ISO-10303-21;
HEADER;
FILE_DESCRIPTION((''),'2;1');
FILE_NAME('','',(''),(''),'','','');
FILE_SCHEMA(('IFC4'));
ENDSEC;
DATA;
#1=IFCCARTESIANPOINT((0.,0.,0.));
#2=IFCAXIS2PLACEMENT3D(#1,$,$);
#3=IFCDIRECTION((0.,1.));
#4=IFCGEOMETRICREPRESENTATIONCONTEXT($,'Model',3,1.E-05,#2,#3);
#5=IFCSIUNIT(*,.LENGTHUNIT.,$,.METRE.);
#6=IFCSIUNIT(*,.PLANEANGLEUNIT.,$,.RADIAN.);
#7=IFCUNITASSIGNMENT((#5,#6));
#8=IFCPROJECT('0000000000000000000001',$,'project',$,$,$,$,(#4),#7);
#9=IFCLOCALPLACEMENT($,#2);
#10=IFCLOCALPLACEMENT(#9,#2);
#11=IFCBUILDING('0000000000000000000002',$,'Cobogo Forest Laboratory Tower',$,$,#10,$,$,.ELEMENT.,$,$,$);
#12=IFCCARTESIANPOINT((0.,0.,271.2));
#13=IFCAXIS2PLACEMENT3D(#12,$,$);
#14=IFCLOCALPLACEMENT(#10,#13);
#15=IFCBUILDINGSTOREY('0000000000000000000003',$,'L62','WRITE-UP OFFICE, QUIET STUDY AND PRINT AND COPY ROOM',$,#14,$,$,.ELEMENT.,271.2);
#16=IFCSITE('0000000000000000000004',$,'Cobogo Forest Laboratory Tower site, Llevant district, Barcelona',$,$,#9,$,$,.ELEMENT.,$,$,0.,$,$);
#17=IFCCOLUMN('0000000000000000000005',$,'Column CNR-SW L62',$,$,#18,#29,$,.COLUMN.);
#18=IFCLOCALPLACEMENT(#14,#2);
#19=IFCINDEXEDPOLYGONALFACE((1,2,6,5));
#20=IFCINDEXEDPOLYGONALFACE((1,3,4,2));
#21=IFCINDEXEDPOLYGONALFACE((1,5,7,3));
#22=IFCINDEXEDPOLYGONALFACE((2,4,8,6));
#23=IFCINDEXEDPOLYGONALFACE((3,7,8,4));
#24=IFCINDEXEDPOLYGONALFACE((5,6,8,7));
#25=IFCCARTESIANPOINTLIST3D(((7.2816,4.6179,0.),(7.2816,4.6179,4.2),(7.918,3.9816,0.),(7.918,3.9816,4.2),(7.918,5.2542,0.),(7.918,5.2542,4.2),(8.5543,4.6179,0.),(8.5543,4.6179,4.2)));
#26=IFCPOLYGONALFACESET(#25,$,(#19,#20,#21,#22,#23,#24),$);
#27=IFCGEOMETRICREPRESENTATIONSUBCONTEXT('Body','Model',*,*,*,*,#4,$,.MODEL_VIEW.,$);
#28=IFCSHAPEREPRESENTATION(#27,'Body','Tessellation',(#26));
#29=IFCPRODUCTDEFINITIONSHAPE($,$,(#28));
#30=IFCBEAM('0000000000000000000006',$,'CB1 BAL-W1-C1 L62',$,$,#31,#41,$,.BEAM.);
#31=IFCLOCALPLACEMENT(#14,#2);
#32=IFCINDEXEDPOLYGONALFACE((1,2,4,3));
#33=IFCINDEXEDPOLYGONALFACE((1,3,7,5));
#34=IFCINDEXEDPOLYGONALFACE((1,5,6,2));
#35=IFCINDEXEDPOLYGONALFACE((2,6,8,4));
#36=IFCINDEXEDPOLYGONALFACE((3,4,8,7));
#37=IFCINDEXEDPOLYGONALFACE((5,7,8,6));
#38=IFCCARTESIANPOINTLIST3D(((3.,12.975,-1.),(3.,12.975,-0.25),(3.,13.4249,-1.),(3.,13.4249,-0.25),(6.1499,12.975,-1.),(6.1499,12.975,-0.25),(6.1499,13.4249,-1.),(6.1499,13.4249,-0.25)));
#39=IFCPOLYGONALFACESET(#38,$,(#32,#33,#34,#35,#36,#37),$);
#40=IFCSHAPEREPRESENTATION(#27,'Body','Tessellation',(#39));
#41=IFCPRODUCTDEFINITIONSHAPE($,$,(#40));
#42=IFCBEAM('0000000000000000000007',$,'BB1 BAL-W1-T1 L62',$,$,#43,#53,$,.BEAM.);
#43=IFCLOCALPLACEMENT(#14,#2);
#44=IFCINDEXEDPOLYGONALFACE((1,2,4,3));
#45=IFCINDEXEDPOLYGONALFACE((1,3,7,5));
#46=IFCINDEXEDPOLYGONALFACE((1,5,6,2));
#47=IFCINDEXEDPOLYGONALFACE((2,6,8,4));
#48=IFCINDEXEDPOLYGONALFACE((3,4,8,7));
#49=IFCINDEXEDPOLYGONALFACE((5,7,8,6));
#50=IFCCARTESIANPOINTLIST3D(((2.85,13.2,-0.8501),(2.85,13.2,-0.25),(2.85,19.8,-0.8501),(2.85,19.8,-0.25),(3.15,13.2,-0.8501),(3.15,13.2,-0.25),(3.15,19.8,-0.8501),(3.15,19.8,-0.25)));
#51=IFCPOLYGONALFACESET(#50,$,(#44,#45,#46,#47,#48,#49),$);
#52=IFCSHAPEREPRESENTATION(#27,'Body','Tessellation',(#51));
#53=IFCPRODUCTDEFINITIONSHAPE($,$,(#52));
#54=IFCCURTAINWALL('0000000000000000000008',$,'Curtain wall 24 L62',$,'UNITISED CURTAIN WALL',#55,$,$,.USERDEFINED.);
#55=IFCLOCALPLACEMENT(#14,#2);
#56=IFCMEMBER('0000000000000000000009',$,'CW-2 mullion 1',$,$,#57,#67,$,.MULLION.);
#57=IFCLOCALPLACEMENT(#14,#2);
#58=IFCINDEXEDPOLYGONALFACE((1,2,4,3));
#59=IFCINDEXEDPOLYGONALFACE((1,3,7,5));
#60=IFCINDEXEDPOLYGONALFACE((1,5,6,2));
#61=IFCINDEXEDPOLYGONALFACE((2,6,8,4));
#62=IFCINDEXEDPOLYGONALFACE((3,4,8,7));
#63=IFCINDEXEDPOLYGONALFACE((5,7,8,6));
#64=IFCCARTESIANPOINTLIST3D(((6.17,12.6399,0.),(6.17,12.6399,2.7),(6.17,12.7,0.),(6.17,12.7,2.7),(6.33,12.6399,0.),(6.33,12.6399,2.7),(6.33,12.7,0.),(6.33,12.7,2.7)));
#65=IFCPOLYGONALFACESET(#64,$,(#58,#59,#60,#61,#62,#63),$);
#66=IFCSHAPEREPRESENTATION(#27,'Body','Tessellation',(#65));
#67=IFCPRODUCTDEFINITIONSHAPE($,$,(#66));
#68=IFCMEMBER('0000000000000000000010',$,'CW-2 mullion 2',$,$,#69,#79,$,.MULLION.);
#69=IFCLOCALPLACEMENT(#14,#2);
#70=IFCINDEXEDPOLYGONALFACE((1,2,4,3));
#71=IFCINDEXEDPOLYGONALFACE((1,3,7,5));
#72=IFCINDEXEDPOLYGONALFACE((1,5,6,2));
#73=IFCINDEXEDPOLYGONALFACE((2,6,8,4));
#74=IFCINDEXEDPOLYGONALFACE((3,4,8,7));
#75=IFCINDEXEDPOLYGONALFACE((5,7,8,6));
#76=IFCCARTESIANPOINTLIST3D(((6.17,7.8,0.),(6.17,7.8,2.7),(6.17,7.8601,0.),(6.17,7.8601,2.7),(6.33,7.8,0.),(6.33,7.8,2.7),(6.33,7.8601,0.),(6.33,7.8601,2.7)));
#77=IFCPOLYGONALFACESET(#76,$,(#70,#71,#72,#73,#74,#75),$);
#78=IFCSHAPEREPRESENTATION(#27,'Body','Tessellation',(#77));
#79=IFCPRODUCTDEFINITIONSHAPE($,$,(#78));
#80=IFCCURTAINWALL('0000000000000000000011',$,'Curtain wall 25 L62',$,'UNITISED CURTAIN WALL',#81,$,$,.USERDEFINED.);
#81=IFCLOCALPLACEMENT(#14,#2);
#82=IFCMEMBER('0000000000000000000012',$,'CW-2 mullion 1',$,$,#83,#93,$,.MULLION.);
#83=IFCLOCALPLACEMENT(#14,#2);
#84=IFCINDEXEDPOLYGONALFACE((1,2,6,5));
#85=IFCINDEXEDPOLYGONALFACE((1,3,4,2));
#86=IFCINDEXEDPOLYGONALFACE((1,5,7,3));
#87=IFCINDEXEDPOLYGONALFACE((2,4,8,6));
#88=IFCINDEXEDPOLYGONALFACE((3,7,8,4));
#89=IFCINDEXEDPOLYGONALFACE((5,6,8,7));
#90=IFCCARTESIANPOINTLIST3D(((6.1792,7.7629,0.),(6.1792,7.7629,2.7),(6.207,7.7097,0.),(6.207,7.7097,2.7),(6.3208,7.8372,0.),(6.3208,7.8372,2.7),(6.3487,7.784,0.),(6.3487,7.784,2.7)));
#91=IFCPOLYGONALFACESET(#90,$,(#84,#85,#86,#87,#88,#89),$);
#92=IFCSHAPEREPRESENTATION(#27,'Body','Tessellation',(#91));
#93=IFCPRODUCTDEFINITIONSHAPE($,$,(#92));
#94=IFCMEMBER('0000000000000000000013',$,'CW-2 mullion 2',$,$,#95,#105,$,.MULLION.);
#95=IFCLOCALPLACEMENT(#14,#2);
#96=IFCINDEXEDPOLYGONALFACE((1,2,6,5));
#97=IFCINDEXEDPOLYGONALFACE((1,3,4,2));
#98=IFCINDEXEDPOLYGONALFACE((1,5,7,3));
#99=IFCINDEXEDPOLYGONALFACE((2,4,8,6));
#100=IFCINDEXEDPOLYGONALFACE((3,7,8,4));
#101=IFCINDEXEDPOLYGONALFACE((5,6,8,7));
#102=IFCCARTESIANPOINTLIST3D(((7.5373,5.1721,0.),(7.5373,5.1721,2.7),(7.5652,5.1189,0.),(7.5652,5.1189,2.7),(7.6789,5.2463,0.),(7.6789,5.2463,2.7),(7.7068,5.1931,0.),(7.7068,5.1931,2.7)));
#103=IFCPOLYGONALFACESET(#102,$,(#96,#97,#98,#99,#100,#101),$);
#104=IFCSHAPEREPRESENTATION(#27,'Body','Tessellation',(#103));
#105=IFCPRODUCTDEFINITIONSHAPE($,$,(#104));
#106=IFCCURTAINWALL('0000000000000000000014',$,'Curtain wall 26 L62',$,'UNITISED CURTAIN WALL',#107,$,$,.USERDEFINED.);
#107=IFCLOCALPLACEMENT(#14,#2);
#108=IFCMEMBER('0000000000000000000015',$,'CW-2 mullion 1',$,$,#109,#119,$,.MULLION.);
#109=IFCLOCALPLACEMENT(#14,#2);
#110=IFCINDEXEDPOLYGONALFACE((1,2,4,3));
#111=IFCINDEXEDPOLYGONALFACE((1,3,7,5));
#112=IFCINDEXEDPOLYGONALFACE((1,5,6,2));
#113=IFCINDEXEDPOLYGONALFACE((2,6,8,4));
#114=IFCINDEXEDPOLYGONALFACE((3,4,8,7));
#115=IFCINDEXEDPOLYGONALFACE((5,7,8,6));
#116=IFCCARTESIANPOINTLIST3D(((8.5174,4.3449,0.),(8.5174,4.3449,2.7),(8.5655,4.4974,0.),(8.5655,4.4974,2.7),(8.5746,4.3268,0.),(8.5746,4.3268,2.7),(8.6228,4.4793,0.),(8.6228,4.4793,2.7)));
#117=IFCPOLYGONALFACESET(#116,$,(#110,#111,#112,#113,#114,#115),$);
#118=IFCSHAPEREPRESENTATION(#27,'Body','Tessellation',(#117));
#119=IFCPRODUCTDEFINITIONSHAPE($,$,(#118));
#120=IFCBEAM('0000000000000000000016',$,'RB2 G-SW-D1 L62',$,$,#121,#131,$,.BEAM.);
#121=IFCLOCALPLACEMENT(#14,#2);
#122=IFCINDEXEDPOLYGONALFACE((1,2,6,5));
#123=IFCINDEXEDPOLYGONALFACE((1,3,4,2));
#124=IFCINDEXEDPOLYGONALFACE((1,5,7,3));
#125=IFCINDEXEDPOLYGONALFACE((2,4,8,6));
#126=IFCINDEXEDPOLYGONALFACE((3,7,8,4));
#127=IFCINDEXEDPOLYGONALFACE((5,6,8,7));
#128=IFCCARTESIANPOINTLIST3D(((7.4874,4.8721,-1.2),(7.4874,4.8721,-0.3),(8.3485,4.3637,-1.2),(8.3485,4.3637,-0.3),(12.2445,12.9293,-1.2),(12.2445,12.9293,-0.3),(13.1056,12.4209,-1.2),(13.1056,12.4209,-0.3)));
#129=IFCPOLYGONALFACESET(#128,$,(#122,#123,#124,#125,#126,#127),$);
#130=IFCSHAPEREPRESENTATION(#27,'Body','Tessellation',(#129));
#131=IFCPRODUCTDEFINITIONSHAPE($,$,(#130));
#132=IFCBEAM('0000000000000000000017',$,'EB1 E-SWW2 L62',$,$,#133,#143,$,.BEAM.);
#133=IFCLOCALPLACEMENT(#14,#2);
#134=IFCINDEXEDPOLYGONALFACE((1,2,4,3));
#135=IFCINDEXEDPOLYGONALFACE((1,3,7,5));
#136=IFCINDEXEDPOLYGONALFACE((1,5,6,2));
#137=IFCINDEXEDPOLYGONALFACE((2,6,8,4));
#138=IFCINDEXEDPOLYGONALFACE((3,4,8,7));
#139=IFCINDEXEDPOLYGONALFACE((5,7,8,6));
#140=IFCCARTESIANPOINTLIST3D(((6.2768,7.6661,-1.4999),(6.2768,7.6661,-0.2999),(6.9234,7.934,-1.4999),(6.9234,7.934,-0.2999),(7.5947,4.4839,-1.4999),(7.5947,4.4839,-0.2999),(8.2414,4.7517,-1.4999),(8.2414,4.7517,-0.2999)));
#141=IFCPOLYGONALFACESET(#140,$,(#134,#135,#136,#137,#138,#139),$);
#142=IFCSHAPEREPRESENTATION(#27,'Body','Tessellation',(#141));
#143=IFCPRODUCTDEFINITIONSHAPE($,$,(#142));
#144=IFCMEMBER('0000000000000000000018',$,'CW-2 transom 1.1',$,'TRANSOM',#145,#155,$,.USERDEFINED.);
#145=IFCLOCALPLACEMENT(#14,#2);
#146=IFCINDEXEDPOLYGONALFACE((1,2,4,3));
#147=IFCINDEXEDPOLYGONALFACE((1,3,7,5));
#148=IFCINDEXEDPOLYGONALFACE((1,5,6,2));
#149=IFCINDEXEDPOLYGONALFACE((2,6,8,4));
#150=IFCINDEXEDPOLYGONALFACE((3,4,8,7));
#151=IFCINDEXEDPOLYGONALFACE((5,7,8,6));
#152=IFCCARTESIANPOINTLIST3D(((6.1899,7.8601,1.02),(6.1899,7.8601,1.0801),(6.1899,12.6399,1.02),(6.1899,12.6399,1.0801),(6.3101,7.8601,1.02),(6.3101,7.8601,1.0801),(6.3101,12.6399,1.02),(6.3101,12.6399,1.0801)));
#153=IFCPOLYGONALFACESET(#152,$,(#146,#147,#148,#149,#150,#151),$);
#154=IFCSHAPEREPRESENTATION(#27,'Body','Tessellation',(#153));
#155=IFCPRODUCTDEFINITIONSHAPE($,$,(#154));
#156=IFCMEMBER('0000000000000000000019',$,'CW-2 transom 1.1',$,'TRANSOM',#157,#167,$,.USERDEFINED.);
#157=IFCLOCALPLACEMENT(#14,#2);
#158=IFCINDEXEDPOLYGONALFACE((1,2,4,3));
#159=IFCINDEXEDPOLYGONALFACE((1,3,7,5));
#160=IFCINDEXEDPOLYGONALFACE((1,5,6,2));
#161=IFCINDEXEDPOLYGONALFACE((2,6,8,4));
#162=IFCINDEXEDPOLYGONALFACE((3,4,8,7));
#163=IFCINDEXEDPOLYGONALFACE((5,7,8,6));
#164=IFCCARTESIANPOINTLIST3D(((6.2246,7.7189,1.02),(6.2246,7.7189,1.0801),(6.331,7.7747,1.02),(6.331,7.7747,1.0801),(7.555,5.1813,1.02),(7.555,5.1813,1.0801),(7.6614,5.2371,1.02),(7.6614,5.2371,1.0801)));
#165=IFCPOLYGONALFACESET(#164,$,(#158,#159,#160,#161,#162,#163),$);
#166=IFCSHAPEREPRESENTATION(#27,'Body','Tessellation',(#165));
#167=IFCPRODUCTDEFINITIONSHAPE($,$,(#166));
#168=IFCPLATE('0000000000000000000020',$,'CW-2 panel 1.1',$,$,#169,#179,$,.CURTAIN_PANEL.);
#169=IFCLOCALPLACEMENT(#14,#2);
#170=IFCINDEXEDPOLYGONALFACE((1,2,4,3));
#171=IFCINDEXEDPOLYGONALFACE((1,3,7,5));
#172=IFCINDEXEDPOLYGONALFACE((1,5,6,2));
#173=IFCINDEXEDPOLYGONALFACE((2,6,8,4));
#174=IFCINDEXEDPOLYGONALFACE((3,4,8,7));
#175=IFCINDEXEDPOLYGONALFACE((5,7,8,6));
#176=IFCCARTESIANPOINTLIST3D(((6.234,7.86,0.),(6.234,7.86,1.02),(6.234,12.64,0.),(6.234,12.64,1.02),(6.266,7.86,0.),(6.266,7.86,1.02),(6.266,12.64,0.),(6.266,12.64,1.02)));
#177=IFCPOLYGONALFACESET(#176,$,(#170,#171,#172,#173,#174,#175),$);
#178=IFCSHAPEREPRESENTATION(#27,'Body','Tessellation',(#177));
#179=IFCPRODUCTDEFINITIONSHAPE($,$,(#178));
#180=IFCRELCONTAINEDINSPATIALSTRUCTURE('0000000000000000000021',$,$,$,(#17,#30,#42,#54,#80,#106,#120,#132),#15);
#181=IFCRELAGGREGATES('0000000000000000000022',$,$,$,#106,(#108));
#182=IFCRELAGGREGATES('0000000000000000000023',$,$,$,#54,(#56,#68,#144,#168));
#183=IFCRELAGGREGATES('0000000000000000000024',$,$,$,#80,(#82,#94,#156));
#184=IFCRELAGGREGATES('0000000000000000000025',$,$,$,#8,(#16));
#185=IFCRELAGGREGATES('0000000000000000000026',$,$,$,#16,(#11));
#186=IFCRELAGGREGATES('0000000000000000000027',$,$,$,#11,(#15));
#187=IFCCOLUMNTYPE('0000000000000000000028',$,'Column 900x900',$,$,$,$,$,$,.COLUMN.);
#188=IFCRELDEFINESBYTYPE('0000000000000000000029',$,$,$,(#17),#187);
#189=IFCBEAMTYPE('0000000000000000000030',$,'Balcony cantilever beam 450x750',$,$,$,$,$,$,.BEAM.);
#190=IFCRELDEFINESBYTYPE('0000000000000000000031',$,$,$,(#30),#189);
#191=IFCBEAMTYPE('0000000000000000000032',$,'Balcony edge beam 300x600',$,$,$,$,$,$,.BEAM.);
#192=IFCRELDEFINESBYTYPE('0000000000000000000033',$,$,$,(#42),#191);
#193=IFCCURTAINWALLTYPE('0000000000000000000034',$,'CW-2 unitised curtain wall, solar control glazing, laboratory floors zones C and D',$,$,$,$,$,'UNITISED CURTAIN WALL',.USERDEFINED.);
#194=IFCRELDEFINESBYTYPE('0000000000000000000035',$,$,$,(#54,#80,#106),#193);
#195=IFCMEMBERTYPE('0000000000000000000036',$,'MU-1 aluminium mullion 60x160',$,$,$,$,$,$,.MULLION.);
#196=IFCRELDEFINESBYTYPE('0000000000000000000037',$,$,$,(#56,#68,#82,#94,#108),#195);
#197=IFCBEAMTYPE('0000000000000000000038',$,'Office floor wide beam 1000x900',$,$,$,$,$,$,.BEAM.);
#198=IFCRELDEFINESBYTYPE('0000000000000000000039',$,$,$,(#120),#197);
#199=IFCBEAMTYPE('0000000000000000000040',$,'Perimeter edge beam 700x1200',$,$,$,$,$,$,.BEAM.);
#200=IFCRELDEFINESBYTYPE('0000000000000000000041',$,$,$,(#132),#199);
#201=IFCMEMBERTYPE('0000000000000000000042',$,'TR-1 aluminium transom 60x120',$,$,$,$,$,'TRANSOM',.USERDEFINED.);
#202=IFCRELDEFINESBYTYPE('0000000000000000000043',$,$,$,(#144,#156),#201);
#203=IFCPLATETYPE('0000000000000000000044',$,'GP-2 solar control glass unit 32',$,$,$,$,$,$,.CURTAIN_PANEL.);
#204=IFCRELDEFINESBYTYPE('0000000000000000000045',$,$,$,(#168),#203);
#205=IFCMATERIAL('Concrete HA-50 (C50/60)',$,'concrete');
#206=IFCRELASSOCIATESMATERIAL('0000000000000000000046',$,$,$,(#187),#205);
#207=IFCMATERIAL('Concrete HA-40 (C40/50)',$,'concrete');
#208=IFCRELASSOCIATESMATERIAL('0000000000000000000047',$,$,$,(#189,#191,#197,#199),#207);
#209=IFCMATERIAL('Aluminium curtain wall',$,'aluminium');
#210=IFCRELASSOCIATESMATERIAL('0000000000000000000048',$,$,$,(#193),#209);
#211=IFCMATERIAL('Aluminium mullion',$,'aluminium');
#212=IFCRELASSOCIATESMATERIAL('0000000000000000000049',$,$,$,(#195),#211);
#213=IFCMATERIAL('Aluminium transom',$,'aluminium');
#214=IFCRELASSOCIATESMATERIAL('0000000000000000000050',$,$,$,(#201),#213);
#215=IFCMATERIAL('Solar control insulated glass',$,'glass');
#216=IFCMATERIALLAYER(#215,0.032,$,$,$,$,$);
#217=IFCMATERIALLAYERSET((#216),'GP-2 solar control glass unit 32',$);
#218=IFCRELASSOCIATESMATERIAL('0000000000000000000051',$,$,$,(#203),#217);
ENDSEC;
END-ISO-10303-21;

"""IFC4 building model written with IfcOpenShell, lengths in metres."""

from ifc_helpers import new_model, si_unit, direction, frame, origin, origin_2d, place, context, subcontext, project, spatial, rectangle, extrude, material, layer, layer_set, material_profile, profile_set, type_object, element, aggregate, save


model = new_model("IFC4")

# Units and contexts
model_context = context("Model", 3, precision=1e-05, world=origin(), true_north=direction((0.0, 1.0)))
body_context = subcontext(model_context, "Body", "Model", "MODEL_VIEW")
ifc_project = project(units=[si_unit("LENGTHUNIT", "METRE"), si_unit("PLANEANGLEUNIT", "RADIAN")], contexts=[model_context])

# Site, building, storey
site_placement = place(None, origin())
site = spatial("IfcSite", under=ifc_project, at=site_placement, Name="Cobogo Forest Laboratory Tower site, Llevant district, Barcelona", CompositionType="ELEMENT", RefElevation=0.0)
building_placement = place(site_placement, origin())
building = spatial("IfcBuilding", under=site, at=building_placement, Name="Cobogo Forest Laboratory Tower", CompositionType="ELEMENT")
storey_placement = place(building_placement, frame((0.0, 0.0, 271.2)))
storey = spatial("IfcBuildingStorey", under=building, at=storey_placement, Name="L62", Description="WRITE-UP OFFICE, QUIET STUDY AND PRINT AND COPY ROOM", CompositionType="ELEMENT", Elevation=271.2)

# Column
ifc_material_1 = material(Name="Concrete HA-50 (C50/60)", Category="concrete")
ifc_material_profile_1 = material_profile(ifc_material_1, rectangle(XDim=0.8999, YDim=0.8999, at=origin_2d()), Name="RC 900x900")
ifc_profile_set_1 = profile_set([ifc_material_profile_1], Name="Concrete HA-50 (C50/60)")
column_type = type_object("IfcColumnType", Name="Column 900x900", PredefinedType="COLUMN", material=ifc_profile_set_1)
column_placement = place(storey_placement, frame((7.918, 4.6179, 0.0), z_axis=(0.0, 0.0, 1.0), x_axis=(0.707107, 0.707107, 0.0)))
element("IfcColumn", 1, at=column_placement, inside=storey, type_object=column_type, Name="Column CNR-SW L62", PredefinedType="COLUMN", context=body_context, shape_type="SweptSolid", body=[
    extrude(rectangle(XDim=0.8999, YDim=0.8999, at=origin_2d()), origin(), (0.0, 0.0, 1.0), 4.2),
])

# Beams
ifc_material_2 = material(Name="Concrete HA-40 (C40/50)", Category="concrete")
ifc_material_profile_2 = material_profile(ifc_material_2, rectangle(XDim=0.45, YDim=0.75, at=origin_2d()), Name="RC 450x750")
ifc_profile_set_2 = profile_set([ifc_material_profile_2], Name="Concrete HA-40 (C40/50)")
beam_type_1 = type_object("IfcBeamType", Name="Balcony cantilever beam 450x750", PredefinedType="BEAM", material=ifc_profile_set_2)
beam_1_placement = place(storey_placement, frame((6.1499, 13.2, -0.625), z_axis=(-1.0, 0.0, 0.0), x_axis=(0.0, -1.0, 0.0)))
element("IfcBeam", 2, at=beam_1_placement, inside=storey, type_object=beam_type_1, Name="CB1 BAL-W1-C1 L62", PredefinedType="BEAM", context=body_context, shape_type="SweptSolid", body=[
    extrude(rectangle(XDim=0.45, YDim=0.75, at=origin_2d()), origin(), (0.0, 0.0, 1.0), 3.1499),
])
ifc_material_profile_3 = material_profile(ifc_material_2, rectangle(XDim=0.3, YDim=0.6001, at=origin_2d()), Name="RC 300x600")
ifc_profile_set_3 = profile_set([ifc_material_profile_3], Name="Concrete HA-40 (C40/50)")
beam_type_2 = type_object("IfcBeamType", Name="Balcony edge beam 300x600", PredefinedType="BEAM", material=ifc_profile_set_3)
beam_2_placement = place(storey_placement, frame((3.0, 13.2, -0.55), z_axis=(0.0, 1.0, 0.0), x_axis=(-1.0, 0.0, 0.0)))
element("IfcBeam", 3, at=beam_2_placement, inside=storey, type_object=beam_type_2, Name="BB1 BAL-W1-T1 L62", PredefinedType="BEAM", context=body_context, shape_type="SweptSolid", body=[
    extrude(rectangle(XDim=0.3, YDim=0.6001, at=origin_2d()), origin(), (0.0, 0.0, 1.0), 6.6001),
])

# Curtain walls, members
ifc_material_3 = material(Name="Aluminium curtain wall", Category="aluminium")
curtain_wall_type = type_object("IfcCurtainWallType", Name="CW-2 unitised curtain wall, solar control glazing, laboratory floors zones C and D", ElementType="UNITISED CURTAIN WALL", PredefinedType="USERDEFINED", material=ifc_material_3)
curtain_wall_1_placement = place(storey_placement, origin())
curtain_wall_1 = element("IfcCurtainWall", 4, at=curtain_wall_1_placement, inside=storey, type_object=curtain_wall_type, Name="Curtain wall 24 L62", ObjectType="UNITISED CURTAIN WALL", PredefinedType="USERDEFINED")
ifc_material_4 = material(Name="Aluminium mullion", Category="aluminium")
ifc_material_profile_4 = material_profile(ifc_material_4, rectangle(XDim=0.0601, YDim=0.1599, at=origin_2d()), Name="AL 60x160")
ifc_profile_set_4 = profile_set([ifc_material_profile_4], Name="Aluminium mullion")
member_type_1 = type_object("IfcMemberType", Name="MU-1 aluminium mullion 60x160", PredefinedType="MULLION", material=ifc_profile_set_4)
member_1_placement = place(storey_placement, frame((6.25, 12.6699, 0.0), z_axis=(0.0, 0.0, 1.0), x_axis=(0.0, -1.0, 0.0)))
member_1 = element("IfcMember", 5, at=member_1_placement, type_object=member_type_1, Name="CW-2 mullion 1", PredefinedType="MULLION", context=body_context, shape_type="SweptSolid", body=[
    extrude(rectangle(XDim=0.0601, YDim=0.1599, at=origin_2d()), origin(), (0.0, 0.0, 1.0), 2.7),
])
member_2_placement = place(storey_placement, frame((6.25, 7.8301, 0.0), z_axis=(0.0, 0.0, 1.0), x_axis=(0.0, -1.0, 0.0)))
member_2 = element("IfcMember", 6, at=member_2_placement, type_object=member_type_1, Name="CW-2 mullion 2", PredefinedType="MULLION", context=body_context, shape_type="SweptSolid", body=[
    extrude(rectangle(XDim=0.0601, YDim=0.1599, at=origin_2d()), origin(), (0.0, 0.0, 1.0), 2.7),
])
curtain_wall_2_placement = place(storey_placement, origin())
curtain_wall_2 = element("IfcCurtainWall", 7, at=curtain_wall_2_placement, inside=storey, type_object=curtain_wall_type, Name="Curtain wall 25 L62", ObjectType="UNITISED CURTAIN WALL", PredefinedType="USERDEFINED")
member_3_placement = place(storey_placement, frame((6.2639, 7.7734, 0.0), z_axis=(0.0, 0.0, 1.0), x_axis=(0.464284, -0.885686, 0.0)))
member_3 = element("IfcMember", 8, at=member_3_placement, type_object=member_type_1, Name="CW-2 mullion 1", PredefinedType="MULLION", context=body_context, shape_type="SweptSolid", body=[
    extrude(rectangle(XDim=0.0601, YDim=0.1599, at=origin_2d()), origin(), (0.0, 0.0, 1.0), 2.7),
])
member_4_placement = place(storey_placement, frame((7.6221, 5.1826, 0.0), z_axis=(0.0, 0.0, 1.0), x_axis=(0.464284, -0.885686, 0.0)))
member_4 = element("IfcMember", 9, at=member_4_placement, type_object=member_type_1, Name="CW-2 mullion 2", PredefinedType="MULLION", context=body_context, shape_type="SweptSolid", body=[
    extrude(rectangle(XDim=0.0601, YDim=0.1599, at=origin_2d()), origin(), (0.0, 0.0, 1.0), 2.7),
])

# Curtain wall, member
curtain_wall_3_placement = place(storey_placement, origin())
curtain_wall_3 = element("IfcCurtainWall", 10, at=curtain_wall_3_placement, inside=storey, type_object=curtain_wall_type, Name="Curtain wall 26 L62", ObjectType="UNITISED CURTAIN WALL", PredefinedType="USERDEFINED")
member_5_placement = place(storey_placement, frame((8.5701, 4.4121, 0.0), z_axis=(0.0, 0.0, 1.0), x_axis=(0.953581, -0.301135, 0.0)))
member_5 = element("IfcMember", 11, at=member_5_placement, type_object=member_type_1, Name="CW-2 mullion 1", PredefinedType="MULLION", context=body_context, shape_type="SweptSolid", body=[
    extrude(rectangle(XDim=0.0601, YDim=0.1599, at=origin_2d()), origin(), (0.0, 0.0, 1.0), 2.7),
])
aggregate(curtain_wall_3, [member_5])

# Beams
ifc_material_profile_5 = material_profile(ifc_material_2, rectangle(XDim=1.0, YDim=0.8999, at=origin_2d()), Name="RC 1000x900")
ifc_profile_set_5 = profile_set([ifc_material_profile_5], Name="Concrete HA-40 (C40/50)")
beam_type_3 = type_object("IfcBeamType", Name="Office floor wide beam 1000x900", PredefinedType="BEAM", material=ifc_profile_set_5)
beam_3_placement = place(storey_placement, frame((7.918, 4.6179, -0.75), z_axis=(0.508416, 0.861111, 0.0), x_axis=(-0.861111, 0.508416, 0.0)))
element("IfcBeam", 12, at=beam_3_placement, inside=storey, type_object=beam_type_3, Name="RB2 G-SW-D1 L62", PredefinedType="BEAM", context=body_context, shape_type="SweptSolid", body=[
    extrude(rectangle(XDim=1.0, YDim=0.8999, at=origin_2d()), origin(), (0.0, 0.0, 1.0), 9.3567),
])
ifc_material_profile_6 = material_profile(ifc_material_2, rectangle(XDim=0.7, YDim=1.2, at=origin_2d()), Name="RC 700x1200")
ifc_profile_set_6 = profile_set([ifc_material_profile_6], Name="Concrete HA-40 (C40/50)")
beam_type_4 = type_object("IfcBeamType", Name="Perimeter edge beam 700x1200", PredefinedType="BEAM", material=ifc_profile_set_6)
beam_4_placement = place(storey_placement, frame((6.6001, 7.8, -0.8999), z_axis=(0.382631, -0.923901, 0.0), x_axis=(0.923901, 0.382631, 0.0)))
element("IfcBeam", 13, at=beam_4_placement, inside=storey, type_object=beam_type_4, Name="EB1 E-SWW2 L62", PredefinedType="BEAM", context=body_context, shape_type="SweptSolid", body=[
    extrude(rectangle(XDim=0.7, YDim=1.2, at=origin_2d()), origin(), (0.0, 0.0, 1.0), 3.4443),
])

# Members
ifc_material_5 = material(Name="Aluminium transom", Category="aluminium")
ifc_material_profile_7 = material_profile(ifc_material_5, rectangle(XDim=0.1201, YDim=0.0601, at=origin_2d()), Name="AL 60x120")
ifc_profile_set_7 = profile_set([ifc_material_profile_7], Name="Aluminium transom")
member_type_2 = type_object("IfcMemberType", Name="TR-1 aluminium transom 60x120", ElementType="TRANSOM", PredefinedType="USERDEFINED", material=ifc_profile_set_7)
member_6_placement = place(storey_placement, frame((6.25, 12.6399, 1.05), z_axis=(0.0, -1.0, 0.0), x_axis=(1.0, 0.0, 0.0)))
member_6 = element("IfcMember", 14, at=member_6_placement, type_object=member_type_2, Name="CW-2 transom 1.1", ObjectType="TRANSOM", PredefinedType="USERDEFINED", context=body_context, shape_type="SweptSolid", body=[
    extrude(rectangle(XDim=0.1201, YDim=0.0601, at=origin_2d()), origin(), (0.0, 0.0, 1.0), 4.7798),
])
member_7_placement = place(storey_placement, frame((6.2778, 7.7468, 1.05), z_axis=(0.464309, -0.885673, 0.0), x_axis=(0.885673, 0.464309, 0.0)))
member_7 = element("IfcMember", 15, at=member_7_placement, type_object=member_type_2, Name="CW-2 transom 1.1", ObjectType="TRANSOM", PredefinedType="USERDEFINED", context=body_context, shape_type="SweptSolid", body=[
    extrude(rectangle(XDim=0.1201, YDim=0.0601, at=origin_2d()), origin(), (0.0, 0.0, 1.0), 2.8652),
])

# Plate
ifc_material_6 = material(Name="Solar control insulated glass", Category="glass")
ifc_layer_1 = layer(ifc_material_6, 0.032)
ifc_layer_set_1 = layer_set([ifc_layer_1], Name="GP-2 solar control glass unit 32")
plate_type = type_object("IfcPlateType", Name="GP-2 solar control glass unit 32", PredefinedType="CURTAIN_PANEL", material=ifc_layer_set_1)
plate_1_placement = place(storey_placement, frame((6.25, 10.25, 0.0), z_axis=(0.0, 0.0, 1.0), x_axis=(0.0, -1.0, 0.0)))
plate_1 = element("IfcPlate", 16, at=plate_1_placement, type_object=plate_type, Name="CW-2 panel 1.1", PredefinedType="CURTAIN_PANEL", context=body_context, shape_type="SweptSolid", body=[
    extrude(rectangle(XDim=4.78, YDim=0.032, at=origin_2d()), origin(), (0.0, 0.0, 1.0), 1.02),
])
aggregate(curtain_wall_1, [member_1, member_2, member_6, plate_1])
aggregate(curtain_wall_2, [member_3, member_4, member_7])

save(model, "model.ifc")
